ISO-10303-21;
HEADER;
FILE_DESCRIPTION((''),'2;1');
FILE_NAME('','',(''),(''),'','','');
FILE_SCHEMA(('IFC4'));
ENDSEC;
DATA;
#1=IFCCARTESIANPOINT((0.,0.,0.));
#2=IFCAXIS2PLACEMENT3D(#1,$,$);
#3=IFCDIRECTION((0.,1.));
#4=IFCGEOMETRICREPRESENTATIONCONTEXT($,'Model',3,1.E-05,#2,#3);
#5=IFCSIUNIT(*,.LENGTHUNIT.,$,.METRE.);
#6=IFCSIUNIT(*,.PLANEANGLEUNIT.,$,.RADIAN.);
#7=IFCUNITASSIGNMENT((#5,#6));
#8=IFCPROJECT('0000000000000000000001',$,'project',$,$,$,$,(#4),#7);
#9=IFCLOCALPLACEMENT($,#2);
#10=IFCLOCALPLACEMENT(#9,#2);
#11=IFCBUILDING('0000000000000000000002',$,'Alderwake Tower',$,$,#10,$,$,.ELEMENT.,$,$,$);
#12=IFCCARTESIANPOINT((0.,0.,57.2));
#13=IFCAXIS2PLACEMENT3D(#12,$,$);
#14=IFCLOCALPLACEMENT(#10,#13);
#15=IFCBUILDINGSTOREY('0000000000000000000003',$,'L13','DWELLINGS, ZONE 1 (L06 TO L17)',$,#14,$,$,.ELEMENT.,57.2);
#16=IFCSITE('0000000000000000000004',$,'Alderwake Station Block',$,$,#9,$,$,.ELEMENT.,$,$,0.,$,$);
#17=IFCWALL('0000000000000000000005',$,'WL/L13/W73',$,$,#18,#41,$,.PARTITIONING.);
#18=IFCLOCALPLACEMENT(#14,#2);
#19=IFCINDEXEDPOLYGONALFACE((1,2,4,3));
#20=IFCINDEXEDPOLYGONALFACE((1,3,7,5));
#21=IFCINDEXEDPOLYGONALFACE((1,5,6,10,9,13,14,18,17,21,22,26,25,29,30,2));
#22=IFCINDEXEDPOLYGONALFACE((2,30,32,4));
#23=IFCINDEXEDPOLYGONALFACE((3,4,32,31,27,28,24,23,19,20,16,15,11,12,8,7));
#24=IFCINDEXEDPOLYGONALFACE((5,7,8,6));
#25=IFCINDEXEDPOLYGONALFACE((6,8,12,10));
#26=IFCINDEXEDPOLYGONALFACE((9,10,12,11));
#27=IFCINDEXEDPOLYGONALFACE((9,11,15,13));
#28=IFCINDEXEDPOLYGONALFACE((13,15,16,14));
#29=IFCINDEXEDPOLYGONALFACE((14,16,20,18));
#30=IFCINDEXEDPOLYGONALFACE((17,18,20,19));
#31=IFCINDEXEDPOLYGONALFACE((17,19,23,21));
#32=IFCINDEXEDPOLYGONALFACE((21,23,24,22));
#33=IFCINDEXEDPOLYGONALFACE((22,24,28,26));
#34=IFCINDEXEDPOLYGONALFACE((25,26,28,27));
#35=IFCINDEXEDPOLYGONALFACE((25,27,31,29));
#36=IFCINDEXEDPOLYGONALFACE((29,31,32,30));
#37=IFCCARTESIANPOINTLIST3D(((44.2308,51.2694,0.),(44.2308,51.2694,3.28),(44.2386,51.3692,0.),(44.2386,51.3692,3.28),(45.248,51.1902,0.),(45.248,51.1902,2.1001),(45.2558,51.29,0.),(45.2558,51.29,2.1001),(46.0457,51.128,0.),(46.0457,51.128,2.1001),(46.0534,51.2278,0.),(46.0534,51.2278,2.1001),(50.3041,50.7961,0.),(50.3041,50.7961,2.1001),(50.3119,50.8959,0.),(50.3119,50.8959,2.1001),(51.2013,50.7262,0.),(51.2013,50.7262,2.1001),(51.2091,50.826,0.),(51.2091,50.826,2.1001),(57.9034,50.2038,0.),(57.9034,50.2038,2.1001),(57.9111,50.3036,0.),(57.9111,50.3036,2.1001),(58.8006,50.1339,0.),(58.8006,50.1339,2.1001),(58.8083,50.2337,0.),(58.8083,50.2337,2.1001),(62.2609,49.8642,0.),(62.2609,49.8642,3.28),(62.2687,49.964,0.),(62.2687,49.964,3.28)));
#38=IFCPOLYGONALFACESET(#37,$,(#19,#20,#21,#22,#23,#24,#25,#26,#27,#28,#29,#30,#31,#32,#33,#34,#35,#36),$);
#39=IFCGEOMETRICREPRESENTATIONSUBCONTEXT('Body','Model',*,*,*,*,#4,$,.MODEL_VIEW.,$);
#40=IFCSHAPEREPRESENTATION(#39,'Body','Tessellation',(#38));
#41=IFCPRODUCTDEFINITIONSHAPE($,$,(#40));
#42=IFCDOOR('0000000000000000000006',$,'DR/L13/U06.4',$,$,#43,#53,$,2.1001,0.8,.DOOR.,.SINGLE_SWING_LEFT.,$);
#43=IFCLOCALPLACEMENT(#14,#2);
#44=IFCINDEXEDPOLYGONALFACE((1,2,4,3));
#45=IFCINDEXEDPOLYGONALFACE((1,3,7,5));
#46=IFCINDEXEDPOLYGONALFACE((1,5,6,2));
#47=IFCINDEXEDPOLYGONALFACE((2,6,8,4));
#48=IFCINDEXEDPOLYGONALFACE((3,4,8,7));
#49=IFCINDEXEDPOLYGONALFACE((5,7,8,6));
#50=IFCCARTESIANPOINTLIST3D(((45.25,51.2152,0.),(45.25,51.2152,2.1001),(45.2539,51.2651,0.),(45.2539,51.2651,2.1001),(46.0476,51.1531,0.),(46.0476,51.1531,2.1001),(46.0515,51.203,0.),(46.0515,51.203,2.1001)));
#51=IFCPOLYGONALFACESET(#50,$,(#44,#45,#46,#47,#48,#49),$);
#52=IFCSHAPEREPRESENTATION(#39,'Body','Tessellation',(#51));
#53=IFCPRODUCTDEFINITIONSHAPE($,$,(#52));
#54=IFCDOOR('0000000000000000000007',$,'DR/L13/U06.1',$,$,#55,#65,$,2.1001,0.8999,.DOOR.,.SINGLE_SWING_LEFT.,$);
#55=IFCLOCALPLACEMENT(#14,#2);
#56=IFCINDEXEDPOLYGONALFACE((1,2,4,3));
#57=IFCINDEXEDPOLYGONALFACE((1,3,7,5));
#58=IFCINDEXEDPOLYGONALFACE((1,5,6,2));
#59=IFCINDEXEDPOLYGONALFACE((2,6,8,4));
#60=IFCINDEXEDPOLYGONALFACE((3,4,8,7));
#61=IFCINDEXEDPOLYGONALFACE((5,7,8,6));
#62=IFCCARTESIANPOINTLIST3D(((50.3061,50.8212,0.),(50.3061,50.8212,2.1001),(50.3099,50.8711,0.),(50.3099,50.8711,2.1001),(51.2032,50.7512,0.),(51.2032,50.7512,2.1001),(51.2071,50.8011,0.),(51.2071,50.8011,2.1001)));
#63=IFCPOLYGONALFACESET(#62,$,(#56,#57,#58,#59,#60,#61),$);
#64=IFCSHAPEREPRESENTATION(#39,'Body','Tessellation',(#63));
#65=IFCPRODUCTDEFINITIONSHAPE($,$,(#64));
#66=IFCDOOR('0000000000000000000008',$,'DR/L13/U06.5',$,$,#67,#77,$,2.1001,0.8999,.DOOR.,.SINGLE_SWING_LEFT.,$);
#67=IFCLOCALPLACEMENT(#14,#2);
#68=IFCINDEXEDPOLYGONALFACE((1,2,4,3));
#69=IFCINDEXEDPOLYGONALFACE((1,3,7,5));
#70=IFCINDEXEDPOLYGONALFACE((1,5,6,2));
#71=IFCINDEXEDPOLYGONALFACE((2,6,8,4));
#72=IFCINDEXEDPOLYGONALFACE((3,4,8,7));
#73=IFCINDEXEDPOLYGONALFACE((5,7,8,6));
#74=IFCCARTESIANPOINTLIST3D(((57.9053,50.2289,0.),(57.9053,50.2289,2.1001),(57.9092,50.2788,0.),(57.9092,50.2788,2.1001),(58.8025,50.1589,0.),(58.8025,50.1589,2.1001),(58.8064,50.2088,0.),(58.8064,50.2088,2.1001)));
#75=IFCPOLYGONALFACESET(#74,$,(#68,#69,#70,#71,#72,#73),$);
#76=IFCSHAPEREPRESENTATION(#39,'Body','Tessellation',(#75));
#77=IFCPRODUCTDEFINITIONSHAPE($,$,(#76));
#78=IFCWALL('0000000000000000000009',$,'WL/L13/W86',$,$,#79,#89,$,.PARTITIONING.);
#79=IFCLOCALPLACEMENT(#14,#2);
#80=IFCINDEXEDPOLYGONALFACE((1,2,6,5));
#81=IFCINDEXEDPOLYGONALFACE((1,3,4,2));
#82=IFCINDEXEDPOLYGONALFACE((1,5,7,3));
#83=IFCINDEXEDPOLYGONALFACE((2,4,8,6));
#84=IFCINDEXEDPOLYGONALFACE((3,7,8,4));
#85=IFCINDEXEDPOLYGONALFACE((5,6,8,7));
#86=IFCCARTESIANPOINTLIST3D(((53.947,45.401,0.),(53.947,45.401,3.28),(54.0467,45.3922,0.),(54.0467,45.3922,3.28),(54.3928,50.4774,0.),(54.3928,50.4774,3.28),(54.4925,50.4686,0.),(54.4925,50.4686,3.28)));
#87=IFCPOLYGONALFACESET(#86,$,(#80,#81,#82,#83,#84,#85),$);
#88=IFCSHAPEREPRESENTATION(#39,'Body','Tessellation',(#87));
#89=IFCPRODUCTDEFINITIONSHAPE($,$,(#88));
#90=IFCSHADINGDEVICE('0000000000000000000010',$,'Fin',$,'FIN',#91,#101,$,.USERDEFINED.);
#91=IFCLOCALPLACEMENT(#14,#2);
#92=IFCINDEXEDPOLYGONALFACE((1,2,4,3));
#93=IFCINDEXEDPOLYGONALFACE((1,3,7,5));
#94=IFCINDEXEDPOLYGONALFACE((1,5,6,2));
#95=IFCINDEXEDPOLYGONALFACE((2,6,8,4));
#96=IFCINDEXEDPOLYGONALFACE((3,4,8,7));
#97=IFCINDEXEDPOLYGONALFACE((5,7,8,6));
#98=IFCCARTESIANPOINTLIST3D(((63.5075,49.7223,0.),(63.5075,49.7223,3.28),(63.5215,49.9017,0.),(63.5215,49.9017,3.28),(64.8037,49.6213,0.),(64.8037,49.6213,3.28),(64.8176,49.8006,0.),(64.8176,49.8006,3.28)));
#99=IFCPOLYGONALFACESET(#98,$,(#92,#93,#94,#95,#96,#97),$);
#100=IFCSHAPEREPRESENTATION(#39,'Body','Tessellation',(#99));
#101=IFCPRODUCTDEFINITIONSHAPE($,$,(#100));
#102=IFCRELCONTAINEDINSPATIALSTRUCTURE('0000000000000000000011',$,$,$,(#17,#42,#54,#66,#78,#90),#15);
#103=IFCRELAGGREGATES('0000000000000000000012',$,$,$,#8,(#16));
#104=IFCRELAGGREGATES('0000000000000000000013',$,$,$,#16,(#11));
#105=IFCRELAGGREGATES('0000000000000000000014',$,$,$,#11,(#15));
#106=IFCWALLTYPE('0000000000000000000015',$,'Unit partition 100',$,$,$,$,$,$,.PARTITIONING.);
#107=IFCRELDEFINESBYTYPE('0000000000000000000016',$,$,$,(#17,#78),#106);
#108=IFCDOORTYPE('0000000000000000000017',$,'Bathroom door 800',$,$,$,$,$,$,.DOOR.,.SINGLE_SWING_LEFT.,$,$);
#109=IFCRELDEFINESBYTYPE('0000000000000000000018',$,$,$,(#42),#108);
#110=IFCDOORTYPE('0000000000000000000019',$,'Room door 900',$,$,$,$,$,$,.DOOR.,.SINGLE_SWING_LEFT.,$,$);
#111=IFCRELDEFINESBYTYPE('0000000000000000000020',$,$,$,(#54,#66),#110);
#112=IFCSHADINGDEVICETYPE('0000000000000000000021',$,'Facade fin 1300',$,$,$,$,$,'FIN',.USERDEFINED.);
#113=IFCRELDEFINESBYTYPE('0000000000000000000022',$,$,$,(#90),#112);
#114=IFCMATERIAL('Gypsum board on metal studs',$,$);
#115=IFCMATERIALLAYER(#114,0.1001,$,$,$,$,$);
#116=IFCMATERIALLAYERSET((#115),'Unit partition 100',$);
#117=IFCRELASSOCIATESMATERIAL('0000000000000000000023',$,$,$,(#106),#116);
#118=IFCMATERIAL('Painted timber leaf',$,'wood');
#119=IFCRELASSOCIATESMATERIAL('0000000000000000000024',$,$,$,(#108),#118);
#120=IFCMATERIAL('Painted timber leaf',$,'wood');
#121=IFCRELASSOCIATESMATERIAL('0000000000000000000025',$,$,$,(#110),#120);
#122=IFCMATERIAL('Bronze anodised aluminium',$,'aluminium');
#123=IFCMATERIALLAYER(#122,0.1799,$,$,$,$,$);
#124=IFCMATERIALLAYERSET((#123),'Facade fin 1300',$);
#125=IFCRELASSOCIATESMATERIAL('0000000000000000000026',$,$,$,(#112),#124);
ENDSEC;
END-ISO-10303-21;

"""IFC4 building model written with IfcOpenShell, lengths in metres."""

from ifc_helpers import new_model, si_unit, direction, frame, frame_2d, origin, origin_2d, place, context, subcontext, project, spatial, rectangle, extrude, material, layer, layer_set, type_object, element, fill, save


model = new_model("IFC4")

# Units and contexts
model_context = context("Model", 3, precision=1e-05, world=origin(), true_north=direction((0.0, 1.0)))
body_context = subcontext(model_context, "Body", "Model", "MODEL_VIEW")
ifc_project = project(units=[si_unit("LENGTHUNIT", "METRE"), si_unit("PLANEANGLEUNIT", "RADIAN")], contexts=[model_context])

# Site, building, storey
site_placement = place(None, origin())
site = spatial("IfcSite", under=ifc_project, at=site_placement, Name="Alderwake Station Block", CompositionType="ELEMENT", RefElevation=0.0)
building_placement = place(site_placement, origin())
building = spatial("IfcBuilding", under=site, at=building_placement, Name="Alderwake Tower", CompositionType="ELEMENT")
storey_placement = place(building_placement, frame((0.0, 0.0, 57.2)))
storey = spatial("IfcBuildingStorey", under=building, at=storey_placement, Name="L13", Description="DWELLINGS, ZONE 1 (L06 TO L17)", CompositionType="ELEMENT", Elevation=57.2)

# Wall, openings, doors
ifc_material_1 = material(Name="Gypsum board on metal studs")
ifc_layer_1 = layer(ifc_material_1, 0.1001)
ifc_layer_set_1 = layer_set([ifc_layer_1], Name="Unit partition 100")
wall_type_1 = type_object("IfcWallType", Name="Unit partition 100", PredefinedType="PARTITIONING", material=ifc_layer_set_1)
wall_1_placement = place(storey_placement, frame((62.2649, 49.9141, 0.0), z_axis=(0.0, 0.0, 1.0), x_axis=(-0.996976, 0.077705, 0.0)))
wall_1 = element("IfcWall", 1, at=wall_1_placement, inside=storey, type_object=wall_type_1, Name="WL/L13/W73", PredefinedType="PARTITIONING", context=body_context, shape_type="SweptSolid", body=[
    extrude(rectangle(XDim=18.0847, YDim=0.1001, at=frame_2d((9.0425, 0.0))), origin(), (0.0, 0.0, 1.0), 3.28),
])
opening_1_placement = place(wall_1_placement, frame((11.0933, 0.0, 0.0)))
opening_1 = element("IfcOpeningElement", 2, at=opening_1_placement, cuts=wall_1, PredefinedType="OPENING", context=body_context, shape_type="SweptSolid", body=[
    extrude(rectangle(XDim=0.8999, YDim=2.1001, at=frame_2d((0.45, 1.05))), frame((0.0, 0.0601, 0.0), z_axis=(0.0, -1.0, 0.0), x_axis=(1.0, 0.0, 0.0)), (0.0, 0.0, 1.0), 0.1201),
])
opening_2_placement = place(wall_1_placement, frame((16.2646, 0.0, 0.0)))
opening_2 = element("IfcOpeningElement", 3, at=opening_2_placement, cuts=wall_1, PredefinedType="OPENING", context=body_context, shape_type="SweptSolid", body=[
    extrude(rectangle(XDim=0.8, YDim=2.1001, at=frame_2d((0.3999, 1.05))), frame((0.0, 0.0601, 0.0), z_axis=(0.0, -1.0, 0.0), x_axis=(1.0, 0.0, 0.0)), (0.0, 0.0, 1.0), 0.1201),
])
opening_3_placement = place(wall_1_placement, frame((3.4709, 0.0, 0.0)))
opening_3 = element("IfcOpeningElement", 4, at=opening_3_placement, cuts=wall_1, PredefinedType="OPENING", context=body_context, shape_type="SweptSolid", body=[
    extrude(rectangle(XDim=0.8999, YDim=2.1001, at=frame_2d((0.45, 1.05))), frame((0.0, 0.0601, 0.0), z_axis=(0.0, -1.0, 0.0), x_axis=(1.0, 0.0, 0.0)), (0.0, 0.0, 1.0), 0.1201),
])
ifc_material_2 = material(Name="Painted timber leaf", Category="wood")
door_type_1 = type_object("IfcDoorType", Name="Bathroom door 800", OperationType="SINGLE_SWING_LEFT", PredefinedType="DOOR", material=ifc_material_2)
door_1_placement = place(opening_2_placement, origin())
door_1 = element("IfcDoor", 5, at=door_1_placement, inside=storey, type_object=door_type_1, Name="DR/L13/U06.4", OperationType="SINGLE_SWING_LEFT", OverallHeight=2.1001, OverallWidth=0.8, PredefinedType="DOOR", context=body_context, shape_type="SweptSolid", body=[
    extrude(rectangle(XDim=0.8, YDim=2.1001, at=frame_2d((0.3999, 1.05))), frame((0.0, 0.0249, 0.0), z_axis=(0.0, -1.0, 0.0), x_axis=(1.0, 0.0, 0.0)), (0.0, 0.0, 1.0), 0.05),
])
fill(opening_2, door_1)
ifc_material_3 = material(Name="Painted timber leaf", Category="wood")
door_type_2 = type_object("IfcDoorType", Name="Room door 900", OperationType="SINGLE_SWING_LEFT", PredefinedType="DOOR", material=ifc_material_3)
door_2_placement = place(opening_1_placement, origin())
door_2 = element("IfcDoor", 6, at=door_2_placement, inside=storey, type_object=door_type_2, Name="DR/L13/U06.1", OperationType="SINGLE_SWING_LEFT", OverallHeight=2.1001, OverallWidth=0.8999, PredefinedType="DOOR", context=body_context, shape_type="SweptSolid", body=[
    extrude(rectangle(XDim=0.8999, YDim=2.1001, at=frame_2d((0.45, 1.05))), frame((0.0, 0.0249, 0.0), z_axis=(0.0, -1.0, 0.0), x_axis=(1.0, 0.0, 0.0)), (0.0, 0.0, 1.0), 0.05),
])
fill(opening_1, door_2)
door_3_placement = place(opening_3_placement, origin())
door_3 = element("IfcDoor", 7, at=door_3_placement, inside=storey, type_object=door_type_2, Name="DR/L13/U06.5", OperationType="SINGLE_SWING_LEFT", OverallHeight=2.1001, OverallWidth=0.8999, PredefinedType="DOOR", context=body_context, shape_type="SweptSolid", body=[
    extrude(rectangle(XDim=0.8999, YDim=2.1001, at=frame_2d((0.45, 1.05))), frame((0.0, 0.0249, 0.0), z_axis=(0.0, -1.0, 0.0), x_axis=(1.0, 0.0, 0.0)), (0.0, 0.0, 1.0), 0.05),
])
fill(opening_3, door_3)

# Wall
wall_2_placement = place(storey_placement, frame((53.9968, 45.3967, 0.0), z_axis=(0.0, 0.0, 1.0), x_axis=(0.087481, 0.996166, 0.0)))
element("IfcWall", 8, at=wall_2_placement, inside=storey, type_object=wall_type_1, Name="WL/L13/W86", PredefinedType="PARTITIONING", context=body_context, shape_type="SweptSolid", body=[
    extrude(rectangle(XDim=5.0959, YDim=0.1001, at=frame_2d((2.5479, 0.0))), origin(), (0.0, 0.0, 1.0), 3.28),
])

# Shading device
ifc_material_4 = material(Name="Bronze anodised aluminium", Category="aluminium")
ifc_layer_2 = layer(ifc_material_4, 0.1799)
ifc_layer_set_2 = layer_set([ifc_layer_2], Name="Facade fin 1300")
shading_device_type = type_object("IfcShadingDeviceType", Name="Facade fin 1300", ElementType="FIN", PredefinedType="USERDEFINED", material=ifc_layer_set_2)
shading_device_placement = place(storey_placement, frame((64.1626, 49.7615, 0.0), z_axis=(0.0, 0.0, 1.0), x_axis=(0.996975, -0.077721, 0.0)))
element("IfcShadingDevice", 9, at=shading_device_placement, inside=storey, type_object=shading_device_type, Name="Fin", ObjectType="FIN", PredefinedType="USERDEFINED", context=body_context, shape_type="SweptSolid", body=[
    extrude(rectangle(XDim=1.3, YDim=0.1799, at=origin_2d()), origin(), (0.0, 0.0, 1.0), 3.28),
])

save(model, "model.ifc")
